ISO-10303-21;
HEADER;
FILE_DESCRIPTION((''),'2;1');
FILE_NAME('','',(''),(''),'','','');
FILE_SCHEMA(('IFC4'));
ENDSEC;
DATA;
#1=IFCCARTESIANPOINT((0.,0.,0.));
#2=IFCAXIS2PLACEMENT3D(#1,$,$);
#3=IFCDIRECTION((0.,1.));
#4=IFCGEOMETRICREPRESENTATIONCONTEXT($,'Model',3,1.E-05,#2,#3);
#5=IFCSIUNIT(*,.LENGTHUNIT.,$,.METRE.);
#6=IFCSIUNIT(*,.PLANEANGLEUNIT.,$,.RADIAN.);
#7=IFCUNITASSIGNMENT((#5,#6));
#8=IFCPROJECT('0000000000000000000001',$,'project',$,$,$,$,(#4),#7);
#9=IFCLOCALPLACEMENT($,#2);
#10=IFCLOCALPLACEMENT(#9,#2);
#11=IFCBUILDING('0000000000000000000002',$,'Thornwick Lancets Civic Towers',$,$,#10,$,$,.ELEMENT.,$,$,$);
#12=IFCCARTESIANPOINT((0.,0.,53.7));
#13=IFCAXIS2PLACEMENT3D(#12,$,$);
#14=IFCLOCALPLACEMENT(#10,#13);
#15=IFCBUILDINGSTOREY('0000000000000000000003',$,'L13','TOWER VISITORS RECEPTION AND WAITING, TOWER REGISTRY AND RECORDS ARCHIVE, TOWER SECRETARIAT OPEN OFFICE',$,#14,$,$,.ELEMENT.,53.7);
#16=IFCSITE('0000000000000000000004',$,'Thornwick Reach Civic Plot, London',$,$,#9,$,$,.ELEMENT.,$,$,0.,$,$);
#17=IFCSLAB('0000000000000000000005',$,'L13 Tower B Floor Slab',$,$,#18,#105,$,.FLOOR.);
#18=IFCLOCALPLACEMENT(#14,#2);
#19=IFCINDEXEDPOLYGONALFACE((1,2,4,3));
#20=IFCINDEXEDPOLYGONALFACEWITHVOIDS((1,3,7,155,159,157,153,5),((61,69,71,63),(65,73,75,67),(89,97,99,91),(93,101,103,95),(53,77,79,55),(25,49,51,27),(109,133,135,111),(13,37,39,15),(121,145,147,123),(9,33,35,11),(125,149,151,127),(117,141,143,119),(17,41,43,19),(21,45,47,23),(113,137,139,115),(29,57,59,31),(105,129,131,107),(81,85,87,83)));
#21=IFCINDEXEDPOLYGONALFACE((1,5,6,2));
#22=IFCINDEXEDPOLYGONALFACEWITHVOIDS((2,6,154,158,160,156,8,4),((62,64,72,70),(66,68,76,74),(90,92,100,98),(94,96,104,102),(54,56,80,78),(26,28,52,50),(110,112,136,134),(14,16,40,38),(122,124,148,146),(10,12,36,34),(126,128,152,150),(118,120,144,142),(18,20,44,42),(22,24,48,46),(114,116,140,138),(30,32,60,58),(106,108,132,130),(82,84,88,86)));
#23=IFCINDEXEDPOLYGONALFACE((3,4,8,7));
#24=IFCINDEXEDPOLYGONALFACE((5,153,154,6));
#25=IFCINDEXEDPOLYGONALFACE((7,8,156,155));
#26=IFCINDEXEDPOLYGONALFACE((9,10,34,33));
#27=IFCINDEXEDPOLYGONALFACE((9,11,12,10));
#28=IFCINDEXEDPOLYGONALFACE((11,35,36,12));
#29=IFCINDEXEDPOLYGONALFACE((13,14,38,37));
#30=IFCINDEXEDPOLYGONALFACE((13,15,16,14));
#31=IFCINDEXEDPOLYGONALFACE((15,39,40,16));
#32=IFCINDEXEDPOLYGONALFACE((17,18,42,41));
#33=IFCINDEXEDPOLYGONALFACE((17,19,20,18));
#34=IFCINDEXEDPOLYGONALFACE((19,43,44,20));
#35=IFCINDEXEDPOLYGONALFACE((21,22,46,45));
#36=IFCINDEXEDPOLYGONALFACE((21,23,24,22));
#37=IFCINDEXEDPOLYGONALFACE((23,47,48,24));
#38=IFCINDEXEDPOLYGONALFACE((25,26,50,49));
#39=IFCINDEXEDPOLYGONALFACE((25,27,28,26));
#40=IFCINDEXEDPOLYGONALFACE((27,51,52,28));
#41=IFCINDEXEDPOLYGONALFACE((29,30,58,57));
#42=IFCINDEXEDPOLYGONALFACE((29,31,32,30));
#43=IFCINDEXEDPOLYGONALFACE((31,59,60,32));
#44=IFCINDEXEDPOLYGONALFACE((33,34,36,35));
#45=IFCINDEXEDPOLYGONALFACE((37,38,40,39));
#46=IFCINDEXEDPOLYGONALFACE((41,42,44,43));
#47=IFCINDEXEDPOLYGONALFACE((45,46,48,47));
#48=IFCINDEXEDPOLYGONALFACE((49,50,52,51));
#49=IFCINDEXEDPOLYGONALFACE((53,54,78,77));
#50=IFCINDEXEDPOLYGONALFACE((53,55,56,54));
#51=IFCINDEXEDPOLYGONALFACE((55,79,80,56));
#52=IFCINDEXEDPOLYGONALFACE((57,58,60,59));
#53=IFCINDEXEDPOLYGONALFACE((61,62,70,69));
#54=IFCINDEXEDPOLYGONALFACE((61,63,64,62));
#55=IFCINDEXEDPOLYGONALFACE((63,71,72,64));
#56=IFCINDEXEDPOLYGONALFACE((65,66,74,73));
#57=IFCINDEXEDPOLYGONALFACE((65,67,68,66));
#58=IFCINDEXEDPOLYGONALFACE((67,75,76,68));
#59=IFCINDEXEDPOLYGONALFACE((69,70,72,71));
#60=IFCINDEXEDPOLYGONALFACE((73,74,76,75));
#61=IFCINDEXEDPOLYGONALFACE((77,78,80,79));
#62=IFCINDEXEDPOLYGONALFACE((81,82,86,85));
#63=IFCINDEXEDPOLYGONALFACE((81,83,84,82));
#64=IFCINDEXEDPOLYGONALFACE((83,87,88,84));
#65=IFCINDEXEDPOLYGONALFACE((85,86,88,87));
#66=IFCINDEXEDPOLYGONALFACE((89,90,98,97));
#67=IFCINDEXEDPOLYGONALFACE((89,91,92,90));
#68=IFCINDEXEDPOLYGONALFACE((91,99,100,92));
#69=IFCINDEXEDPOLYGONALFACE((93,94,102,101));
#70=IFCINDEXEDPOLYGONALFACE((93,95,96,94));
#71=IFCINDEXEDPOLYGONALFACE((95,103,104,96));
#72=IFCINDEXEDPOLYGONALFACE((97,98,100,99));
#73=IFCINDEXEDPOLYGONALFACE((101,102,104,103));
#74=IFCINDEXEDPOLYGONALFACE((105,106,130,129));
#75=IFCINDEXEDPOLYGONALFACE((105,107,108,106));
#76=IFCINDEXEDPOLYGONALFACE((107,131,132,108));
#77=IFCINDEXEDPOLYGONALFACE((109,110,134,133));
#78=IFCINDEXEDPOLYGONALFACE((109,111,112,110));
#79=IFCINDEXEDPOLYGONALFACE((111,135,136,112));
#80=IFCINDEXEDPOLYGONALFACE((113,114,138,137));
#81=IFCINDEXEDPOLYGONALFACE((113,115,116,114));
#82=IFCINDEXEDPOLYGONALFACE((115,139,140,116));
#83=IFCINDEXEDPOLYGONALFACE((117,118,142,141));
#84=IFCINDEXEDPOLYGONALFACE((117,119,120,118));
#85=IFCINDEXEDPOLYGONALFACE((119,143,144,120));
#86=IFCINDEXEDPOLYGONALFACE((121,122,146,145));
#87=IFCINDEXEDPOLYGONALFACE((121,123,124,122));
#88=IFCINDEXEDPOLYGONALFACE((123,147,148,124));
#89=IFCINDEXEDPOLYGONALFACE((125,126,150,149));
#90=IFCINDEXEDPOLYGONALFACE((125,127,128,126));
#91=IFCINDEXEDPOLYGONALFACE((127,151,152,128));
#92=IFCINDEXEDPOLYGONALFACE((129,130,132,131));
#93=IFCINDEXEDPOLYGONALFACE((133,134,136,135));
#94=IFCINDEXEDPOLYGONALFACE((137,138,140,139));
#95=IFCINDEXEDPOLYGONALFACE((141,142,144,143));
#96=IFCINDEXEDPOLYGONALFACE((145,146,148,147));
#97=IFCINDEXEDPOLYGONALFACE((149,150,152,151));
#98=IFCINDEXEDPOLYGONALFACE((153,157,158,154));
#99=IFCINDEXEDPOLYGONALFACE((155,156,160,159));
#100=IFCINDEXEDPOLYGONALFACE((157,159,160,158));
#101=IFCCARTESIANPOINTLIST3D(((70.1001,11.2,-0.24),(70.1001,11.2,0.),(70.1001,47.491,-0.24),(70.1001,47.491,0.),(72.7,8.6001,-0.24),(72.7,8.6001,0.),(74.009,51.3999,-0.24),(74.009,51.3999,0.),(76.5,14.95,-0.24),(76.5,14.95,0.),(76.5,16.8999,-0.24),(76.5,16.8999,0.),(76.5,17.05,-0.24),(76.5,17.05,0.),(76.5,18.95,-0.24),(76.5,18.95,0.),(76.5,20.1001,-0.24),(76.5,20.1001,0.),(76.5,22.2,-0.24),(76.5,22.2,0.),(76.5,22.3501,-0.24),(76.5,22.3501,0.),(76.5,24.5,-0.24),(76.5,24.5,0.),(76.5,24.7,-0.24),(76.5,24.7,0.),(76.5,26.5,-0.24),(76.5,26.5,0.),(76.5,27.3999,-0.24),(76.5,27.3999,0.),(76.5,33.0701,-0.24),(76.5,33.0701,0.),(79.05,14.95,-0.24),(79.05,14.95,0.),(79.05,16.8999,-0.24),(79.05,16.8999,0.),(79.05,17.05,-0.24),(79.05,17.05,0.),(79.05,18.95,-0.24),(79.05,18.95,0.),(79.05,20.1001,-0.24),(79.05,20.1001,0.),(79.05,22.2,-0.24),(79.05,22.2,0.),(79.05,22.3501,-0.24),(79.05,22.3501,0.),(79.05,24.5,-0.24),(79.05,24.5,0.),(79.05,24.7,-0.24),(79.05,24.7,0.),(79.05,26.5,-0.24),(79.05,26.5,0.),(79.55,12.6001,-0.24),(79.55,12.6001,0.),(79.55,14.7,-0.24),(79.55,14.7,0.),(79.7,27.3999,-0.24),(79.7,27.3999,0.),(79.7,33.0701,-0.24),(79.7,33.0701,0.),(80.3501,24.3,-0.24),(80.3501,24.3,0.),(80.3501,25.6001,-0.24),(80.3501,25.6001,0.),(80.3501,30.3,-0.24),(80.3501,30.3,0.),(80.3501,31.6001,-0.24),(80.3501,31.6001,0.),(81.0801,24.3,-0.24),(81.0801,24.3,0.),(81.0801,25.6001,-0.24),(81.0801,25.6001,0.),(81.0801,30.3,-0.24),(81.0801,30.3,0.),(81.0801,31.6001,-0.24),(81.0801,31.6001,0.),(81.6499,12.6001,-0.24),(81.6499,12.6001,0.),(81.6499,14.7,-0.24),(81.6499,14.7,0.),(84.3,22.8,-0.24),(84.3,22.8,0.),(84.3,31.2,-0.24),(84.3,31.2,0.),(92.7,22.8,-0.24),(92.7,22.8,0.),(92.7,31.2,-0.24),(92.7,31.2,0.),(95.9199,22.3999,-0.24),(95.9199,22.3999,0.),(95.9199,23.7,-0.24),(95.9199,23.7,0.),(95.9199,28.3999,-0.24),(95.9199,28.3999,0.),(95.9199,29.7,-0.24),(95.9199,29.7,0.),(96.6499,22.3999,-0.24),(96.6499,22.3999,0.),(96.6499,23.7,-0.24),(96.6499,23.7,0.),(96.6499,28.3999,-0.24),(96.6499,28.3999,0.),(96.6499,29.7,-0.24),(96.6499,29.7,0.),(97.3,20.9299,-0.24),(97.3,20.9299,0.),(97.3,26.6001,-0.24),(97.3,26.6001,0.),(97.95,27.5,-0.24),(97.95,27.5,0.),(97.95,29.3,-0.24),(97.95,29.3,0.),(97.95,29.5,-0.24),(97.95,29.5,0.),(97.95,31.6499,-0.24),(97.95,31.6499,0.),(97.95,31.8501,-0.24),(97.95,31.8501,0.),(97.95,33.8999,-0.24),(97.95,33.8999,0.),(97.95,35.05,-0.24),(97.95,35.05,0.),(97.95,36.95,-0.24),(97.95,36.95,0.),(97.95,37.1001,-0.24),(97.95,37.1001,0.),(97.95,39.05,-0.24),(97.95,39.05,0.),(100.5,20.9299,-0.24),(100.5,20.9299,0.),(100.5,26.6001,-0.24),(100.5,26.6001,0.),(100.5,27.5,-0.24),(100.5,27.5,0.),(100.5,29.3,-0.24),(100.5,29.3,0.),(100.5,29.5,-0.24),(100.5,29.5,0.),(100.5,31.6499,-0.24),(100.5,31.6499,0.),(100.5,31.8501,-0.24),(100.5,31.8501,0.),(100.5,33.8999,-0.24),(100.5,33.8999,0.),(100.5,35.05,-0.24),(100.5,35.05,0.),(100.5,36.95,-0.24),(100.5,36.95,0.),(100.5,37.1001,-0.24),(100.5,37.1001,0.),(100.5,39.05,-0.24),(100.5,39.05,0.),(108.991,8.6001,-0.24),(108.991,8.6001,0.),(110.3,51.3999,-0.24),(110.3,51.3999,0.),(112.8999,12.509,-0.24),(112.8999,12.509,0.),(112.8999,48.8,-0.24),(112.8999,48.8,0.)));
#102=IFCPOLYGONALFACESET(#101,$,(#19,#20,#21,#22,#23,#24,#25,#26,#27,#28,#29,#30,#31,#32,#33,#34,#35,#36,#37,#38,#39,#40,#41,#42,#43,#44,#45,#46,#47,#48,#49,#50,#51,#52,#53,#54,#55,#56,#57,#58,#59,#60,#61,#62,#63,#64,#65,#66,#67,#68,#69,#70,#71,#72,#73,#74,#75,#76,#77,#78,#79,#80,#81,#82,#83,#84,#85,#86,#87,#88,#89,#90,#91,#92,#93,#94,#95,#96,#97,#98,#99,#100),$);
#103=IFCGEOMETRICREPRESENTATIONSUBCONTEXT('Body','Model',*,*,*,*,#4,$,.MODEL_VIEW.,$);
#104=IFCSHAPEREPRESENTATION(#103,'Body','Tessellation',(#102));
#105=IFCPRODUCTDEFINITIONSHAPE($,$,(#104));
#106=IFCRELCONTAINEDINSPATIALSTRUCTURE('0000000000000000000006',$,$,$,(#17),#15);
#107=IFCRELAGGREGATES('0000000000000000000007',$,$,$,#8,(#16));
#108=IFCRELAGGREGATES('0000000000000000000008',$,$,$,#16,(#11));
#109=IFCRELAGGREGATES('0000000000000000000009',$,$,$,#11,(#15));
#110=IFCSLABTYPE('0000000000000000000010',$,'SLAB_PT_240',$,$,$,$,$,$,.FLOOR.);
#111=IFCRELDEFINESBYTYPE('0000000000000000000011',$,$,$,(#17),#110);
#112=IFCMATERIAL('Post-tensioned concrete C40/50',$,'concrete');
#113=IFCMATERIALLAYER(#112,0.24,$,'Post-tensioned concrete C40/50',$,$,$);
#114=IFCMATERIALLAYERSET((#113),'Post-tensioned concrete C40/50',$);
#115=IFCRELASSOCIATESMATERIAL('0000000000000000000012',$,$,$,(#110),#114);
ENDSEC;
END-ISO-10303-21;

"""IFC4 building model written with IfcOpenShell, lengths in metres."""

from ifc_helpers import new_model, si_unit, direction, frame, origin, place, context, subcontext, project, spatial, polyline, outline, extrude, material, layer, layer_set, type_object, element, save


model = new_model("IFC4")

# Units and contexts
model_context = context("Model", 3, precision=1e-05, world=origin(), true_north=direction((0.0, 1.0)))
body_context = subcontext(model_context, "Body", "Model", "MODEL_VIEW")
ifc_project = project(units=[si_unit("LENGTHUNIT", "METRE"), si_unit("PLANEANGLEUNIT", "RADIAN")], contexts=[model_context])

# Site, building, storey
site_placement = place(None, origin())
site = spatial("IfcSite", under=ifc_project, at=site_placement, Name="Thornwick Reach Civic Plot, London", CompositionType="ELEMENT", RefElevation=0.0)
building_placement = place(site_placement, origin())
building = spatial("IfcBuilding", under=site, at=building_placement, Name="Thornwick Lancets Civic Towers", CompositionType="ELEMENT")
storey_placement = place(building_placement, frame((0.0, 0.0, 53.7)))
storey = spatial("IfcBuildingStorey", under=building, at=storey_placement, Name="L13", Description="TOWER VISITORS RECEPTION AND WAITING, TOWER REGISTRY AND RECORDS ARCHIVE, TOWER SECRETARIAT OPEN OFFICE", CompositionType="ELEMENT", Elevation=53.7)

# Shared definitions
ifc_material_1 = material(Name="Post-tensioned concrete C40/50", Category="concrete")

# Slab
ifc_layer_1 = layer(ifc_material_1, 0.24, Name="Post-tensioned concrete C40/50")
ifc_layer_set_1 = layer_set([ifc_layer_1], Name="Post-tensioned concrete C40/50")
slab_type_1 = type_object("IfcSlabType", Name="SLAB_PT_240", PredefinedType="FLOOR", material=ifc_layer_set_1)
slab_1_placement = place(storey_placement, frame((0.0, 0.0, -0.24)))
element("IfcSlab", 1, at=slab_1_placement, inside=storey, type_object=slab_type_1, Name="L13 Tower B Floor Slab", PredefinedType="FLOOR", context=body_context, shape_type="SweptSolid", body=[
    extrude(outline(polyline([(72.7, 8.6001), (108.991, 8.6001), (112.8999, 12.509), (112.8999, 48.8), (110.3, 51.3999), (74.009, 51.3999), (70.1001, 47.491), (70.1001, 11.2), (72.7, 8.6001)]), holes=[polyline([(84.3, 22.8), (92.7, 22.8), (92.7, 31.2), (84.3, 31.2), (84.3, 22.8)]), polyline([(100.5, 20.9299), (100.5, 26.6001), (97.3, 26.6001), (97.3, 20.9299), (100.5, 20.9299)]), polyline([(76.5, 33.0701), (76.5, 27.3999), (79.7, 27.3999), (79.7, 33.0701), (76.5, 33.0701)]), polyline([(97.95, 27.5), (100.5, 27.5), (100.5, 29.3), (97.95, 29.3), (97.95, 27.5)]), polyline([(97.95, 29.5), (100.5, 29.5), (100.5, 31.6499), (97.95, 31.6499), (97.95, 29.5)]), polyline([(97.95, 31.8501), (100.5, 31.8501), (100.5, 33.8999), (97.95, 33.8999), (97.95, 31.8501)]), polyline([(97.95, 35.05), (100.5, 35.05), (100.5, 36.95), (97.95, 36.95), (97.95, 35.05)]), polyline([(97.95, 37.1001), (100.5, 37.1001), (100.5, 39.05), (97.95, 39.05), (97.95, 37.1001)]), polyline([(76.5, 24.7), (79.05, 24.7), (79.05, 26.5), (76.5, 26.5), (76.5, 24.7)]), polyline([(76.5, 22.3501), (79.05, 22.3501), (79.05, 24.5), (76.5, 24.5), (76.5, 22.3501)]), polyline([(76.5, 20.1001), (79.05, 20.1001), (79.05, 22.2), (76.5, 22.2), (76.5, 20.1001)]), polyline([(76.5, 17.05), (79.05, 17.05), (79.05, 18.95), (76.5, 18.95), (76.5, 17.05)]), polyline([(76.5, 14.95), (79.05, 14.95), (79.05, 16.8999), (76.5, 16.8999), (76.5, 14.95)]), polyline([(79.55, 12.6001), (81.6499, 12.6001), (81.6499, 14.7), (79.55, 14.7), (79.55, 12.6001)]), polyline([(95.9199, 28.3999), (96.6499, 28.3999), (96.6499, 29.7), (95.9199, 29.7), (95.9199, 28.3999)]), polyline([(95.9199, 22.3999), (96.6499, 22.3999), (96.6499, 23.7), (95.9199, 23.7), (95.9199, 22.3999)]), polyline([(80.3501, 24.3), (81.0801, 24.3), (81.0801, 25.6001), (80.3501, 25.6001), (80.3501, 24.3)]), polyline([(80.3501, 30.3), (81.0801, 30.3), (81.0801, 31.6001), (80.3501, 31.6001), (80.3501, 30.3)])]), origin(), (0.0, 0.0, 1.0), 0.24),
])

save(model, "model.ifc")
